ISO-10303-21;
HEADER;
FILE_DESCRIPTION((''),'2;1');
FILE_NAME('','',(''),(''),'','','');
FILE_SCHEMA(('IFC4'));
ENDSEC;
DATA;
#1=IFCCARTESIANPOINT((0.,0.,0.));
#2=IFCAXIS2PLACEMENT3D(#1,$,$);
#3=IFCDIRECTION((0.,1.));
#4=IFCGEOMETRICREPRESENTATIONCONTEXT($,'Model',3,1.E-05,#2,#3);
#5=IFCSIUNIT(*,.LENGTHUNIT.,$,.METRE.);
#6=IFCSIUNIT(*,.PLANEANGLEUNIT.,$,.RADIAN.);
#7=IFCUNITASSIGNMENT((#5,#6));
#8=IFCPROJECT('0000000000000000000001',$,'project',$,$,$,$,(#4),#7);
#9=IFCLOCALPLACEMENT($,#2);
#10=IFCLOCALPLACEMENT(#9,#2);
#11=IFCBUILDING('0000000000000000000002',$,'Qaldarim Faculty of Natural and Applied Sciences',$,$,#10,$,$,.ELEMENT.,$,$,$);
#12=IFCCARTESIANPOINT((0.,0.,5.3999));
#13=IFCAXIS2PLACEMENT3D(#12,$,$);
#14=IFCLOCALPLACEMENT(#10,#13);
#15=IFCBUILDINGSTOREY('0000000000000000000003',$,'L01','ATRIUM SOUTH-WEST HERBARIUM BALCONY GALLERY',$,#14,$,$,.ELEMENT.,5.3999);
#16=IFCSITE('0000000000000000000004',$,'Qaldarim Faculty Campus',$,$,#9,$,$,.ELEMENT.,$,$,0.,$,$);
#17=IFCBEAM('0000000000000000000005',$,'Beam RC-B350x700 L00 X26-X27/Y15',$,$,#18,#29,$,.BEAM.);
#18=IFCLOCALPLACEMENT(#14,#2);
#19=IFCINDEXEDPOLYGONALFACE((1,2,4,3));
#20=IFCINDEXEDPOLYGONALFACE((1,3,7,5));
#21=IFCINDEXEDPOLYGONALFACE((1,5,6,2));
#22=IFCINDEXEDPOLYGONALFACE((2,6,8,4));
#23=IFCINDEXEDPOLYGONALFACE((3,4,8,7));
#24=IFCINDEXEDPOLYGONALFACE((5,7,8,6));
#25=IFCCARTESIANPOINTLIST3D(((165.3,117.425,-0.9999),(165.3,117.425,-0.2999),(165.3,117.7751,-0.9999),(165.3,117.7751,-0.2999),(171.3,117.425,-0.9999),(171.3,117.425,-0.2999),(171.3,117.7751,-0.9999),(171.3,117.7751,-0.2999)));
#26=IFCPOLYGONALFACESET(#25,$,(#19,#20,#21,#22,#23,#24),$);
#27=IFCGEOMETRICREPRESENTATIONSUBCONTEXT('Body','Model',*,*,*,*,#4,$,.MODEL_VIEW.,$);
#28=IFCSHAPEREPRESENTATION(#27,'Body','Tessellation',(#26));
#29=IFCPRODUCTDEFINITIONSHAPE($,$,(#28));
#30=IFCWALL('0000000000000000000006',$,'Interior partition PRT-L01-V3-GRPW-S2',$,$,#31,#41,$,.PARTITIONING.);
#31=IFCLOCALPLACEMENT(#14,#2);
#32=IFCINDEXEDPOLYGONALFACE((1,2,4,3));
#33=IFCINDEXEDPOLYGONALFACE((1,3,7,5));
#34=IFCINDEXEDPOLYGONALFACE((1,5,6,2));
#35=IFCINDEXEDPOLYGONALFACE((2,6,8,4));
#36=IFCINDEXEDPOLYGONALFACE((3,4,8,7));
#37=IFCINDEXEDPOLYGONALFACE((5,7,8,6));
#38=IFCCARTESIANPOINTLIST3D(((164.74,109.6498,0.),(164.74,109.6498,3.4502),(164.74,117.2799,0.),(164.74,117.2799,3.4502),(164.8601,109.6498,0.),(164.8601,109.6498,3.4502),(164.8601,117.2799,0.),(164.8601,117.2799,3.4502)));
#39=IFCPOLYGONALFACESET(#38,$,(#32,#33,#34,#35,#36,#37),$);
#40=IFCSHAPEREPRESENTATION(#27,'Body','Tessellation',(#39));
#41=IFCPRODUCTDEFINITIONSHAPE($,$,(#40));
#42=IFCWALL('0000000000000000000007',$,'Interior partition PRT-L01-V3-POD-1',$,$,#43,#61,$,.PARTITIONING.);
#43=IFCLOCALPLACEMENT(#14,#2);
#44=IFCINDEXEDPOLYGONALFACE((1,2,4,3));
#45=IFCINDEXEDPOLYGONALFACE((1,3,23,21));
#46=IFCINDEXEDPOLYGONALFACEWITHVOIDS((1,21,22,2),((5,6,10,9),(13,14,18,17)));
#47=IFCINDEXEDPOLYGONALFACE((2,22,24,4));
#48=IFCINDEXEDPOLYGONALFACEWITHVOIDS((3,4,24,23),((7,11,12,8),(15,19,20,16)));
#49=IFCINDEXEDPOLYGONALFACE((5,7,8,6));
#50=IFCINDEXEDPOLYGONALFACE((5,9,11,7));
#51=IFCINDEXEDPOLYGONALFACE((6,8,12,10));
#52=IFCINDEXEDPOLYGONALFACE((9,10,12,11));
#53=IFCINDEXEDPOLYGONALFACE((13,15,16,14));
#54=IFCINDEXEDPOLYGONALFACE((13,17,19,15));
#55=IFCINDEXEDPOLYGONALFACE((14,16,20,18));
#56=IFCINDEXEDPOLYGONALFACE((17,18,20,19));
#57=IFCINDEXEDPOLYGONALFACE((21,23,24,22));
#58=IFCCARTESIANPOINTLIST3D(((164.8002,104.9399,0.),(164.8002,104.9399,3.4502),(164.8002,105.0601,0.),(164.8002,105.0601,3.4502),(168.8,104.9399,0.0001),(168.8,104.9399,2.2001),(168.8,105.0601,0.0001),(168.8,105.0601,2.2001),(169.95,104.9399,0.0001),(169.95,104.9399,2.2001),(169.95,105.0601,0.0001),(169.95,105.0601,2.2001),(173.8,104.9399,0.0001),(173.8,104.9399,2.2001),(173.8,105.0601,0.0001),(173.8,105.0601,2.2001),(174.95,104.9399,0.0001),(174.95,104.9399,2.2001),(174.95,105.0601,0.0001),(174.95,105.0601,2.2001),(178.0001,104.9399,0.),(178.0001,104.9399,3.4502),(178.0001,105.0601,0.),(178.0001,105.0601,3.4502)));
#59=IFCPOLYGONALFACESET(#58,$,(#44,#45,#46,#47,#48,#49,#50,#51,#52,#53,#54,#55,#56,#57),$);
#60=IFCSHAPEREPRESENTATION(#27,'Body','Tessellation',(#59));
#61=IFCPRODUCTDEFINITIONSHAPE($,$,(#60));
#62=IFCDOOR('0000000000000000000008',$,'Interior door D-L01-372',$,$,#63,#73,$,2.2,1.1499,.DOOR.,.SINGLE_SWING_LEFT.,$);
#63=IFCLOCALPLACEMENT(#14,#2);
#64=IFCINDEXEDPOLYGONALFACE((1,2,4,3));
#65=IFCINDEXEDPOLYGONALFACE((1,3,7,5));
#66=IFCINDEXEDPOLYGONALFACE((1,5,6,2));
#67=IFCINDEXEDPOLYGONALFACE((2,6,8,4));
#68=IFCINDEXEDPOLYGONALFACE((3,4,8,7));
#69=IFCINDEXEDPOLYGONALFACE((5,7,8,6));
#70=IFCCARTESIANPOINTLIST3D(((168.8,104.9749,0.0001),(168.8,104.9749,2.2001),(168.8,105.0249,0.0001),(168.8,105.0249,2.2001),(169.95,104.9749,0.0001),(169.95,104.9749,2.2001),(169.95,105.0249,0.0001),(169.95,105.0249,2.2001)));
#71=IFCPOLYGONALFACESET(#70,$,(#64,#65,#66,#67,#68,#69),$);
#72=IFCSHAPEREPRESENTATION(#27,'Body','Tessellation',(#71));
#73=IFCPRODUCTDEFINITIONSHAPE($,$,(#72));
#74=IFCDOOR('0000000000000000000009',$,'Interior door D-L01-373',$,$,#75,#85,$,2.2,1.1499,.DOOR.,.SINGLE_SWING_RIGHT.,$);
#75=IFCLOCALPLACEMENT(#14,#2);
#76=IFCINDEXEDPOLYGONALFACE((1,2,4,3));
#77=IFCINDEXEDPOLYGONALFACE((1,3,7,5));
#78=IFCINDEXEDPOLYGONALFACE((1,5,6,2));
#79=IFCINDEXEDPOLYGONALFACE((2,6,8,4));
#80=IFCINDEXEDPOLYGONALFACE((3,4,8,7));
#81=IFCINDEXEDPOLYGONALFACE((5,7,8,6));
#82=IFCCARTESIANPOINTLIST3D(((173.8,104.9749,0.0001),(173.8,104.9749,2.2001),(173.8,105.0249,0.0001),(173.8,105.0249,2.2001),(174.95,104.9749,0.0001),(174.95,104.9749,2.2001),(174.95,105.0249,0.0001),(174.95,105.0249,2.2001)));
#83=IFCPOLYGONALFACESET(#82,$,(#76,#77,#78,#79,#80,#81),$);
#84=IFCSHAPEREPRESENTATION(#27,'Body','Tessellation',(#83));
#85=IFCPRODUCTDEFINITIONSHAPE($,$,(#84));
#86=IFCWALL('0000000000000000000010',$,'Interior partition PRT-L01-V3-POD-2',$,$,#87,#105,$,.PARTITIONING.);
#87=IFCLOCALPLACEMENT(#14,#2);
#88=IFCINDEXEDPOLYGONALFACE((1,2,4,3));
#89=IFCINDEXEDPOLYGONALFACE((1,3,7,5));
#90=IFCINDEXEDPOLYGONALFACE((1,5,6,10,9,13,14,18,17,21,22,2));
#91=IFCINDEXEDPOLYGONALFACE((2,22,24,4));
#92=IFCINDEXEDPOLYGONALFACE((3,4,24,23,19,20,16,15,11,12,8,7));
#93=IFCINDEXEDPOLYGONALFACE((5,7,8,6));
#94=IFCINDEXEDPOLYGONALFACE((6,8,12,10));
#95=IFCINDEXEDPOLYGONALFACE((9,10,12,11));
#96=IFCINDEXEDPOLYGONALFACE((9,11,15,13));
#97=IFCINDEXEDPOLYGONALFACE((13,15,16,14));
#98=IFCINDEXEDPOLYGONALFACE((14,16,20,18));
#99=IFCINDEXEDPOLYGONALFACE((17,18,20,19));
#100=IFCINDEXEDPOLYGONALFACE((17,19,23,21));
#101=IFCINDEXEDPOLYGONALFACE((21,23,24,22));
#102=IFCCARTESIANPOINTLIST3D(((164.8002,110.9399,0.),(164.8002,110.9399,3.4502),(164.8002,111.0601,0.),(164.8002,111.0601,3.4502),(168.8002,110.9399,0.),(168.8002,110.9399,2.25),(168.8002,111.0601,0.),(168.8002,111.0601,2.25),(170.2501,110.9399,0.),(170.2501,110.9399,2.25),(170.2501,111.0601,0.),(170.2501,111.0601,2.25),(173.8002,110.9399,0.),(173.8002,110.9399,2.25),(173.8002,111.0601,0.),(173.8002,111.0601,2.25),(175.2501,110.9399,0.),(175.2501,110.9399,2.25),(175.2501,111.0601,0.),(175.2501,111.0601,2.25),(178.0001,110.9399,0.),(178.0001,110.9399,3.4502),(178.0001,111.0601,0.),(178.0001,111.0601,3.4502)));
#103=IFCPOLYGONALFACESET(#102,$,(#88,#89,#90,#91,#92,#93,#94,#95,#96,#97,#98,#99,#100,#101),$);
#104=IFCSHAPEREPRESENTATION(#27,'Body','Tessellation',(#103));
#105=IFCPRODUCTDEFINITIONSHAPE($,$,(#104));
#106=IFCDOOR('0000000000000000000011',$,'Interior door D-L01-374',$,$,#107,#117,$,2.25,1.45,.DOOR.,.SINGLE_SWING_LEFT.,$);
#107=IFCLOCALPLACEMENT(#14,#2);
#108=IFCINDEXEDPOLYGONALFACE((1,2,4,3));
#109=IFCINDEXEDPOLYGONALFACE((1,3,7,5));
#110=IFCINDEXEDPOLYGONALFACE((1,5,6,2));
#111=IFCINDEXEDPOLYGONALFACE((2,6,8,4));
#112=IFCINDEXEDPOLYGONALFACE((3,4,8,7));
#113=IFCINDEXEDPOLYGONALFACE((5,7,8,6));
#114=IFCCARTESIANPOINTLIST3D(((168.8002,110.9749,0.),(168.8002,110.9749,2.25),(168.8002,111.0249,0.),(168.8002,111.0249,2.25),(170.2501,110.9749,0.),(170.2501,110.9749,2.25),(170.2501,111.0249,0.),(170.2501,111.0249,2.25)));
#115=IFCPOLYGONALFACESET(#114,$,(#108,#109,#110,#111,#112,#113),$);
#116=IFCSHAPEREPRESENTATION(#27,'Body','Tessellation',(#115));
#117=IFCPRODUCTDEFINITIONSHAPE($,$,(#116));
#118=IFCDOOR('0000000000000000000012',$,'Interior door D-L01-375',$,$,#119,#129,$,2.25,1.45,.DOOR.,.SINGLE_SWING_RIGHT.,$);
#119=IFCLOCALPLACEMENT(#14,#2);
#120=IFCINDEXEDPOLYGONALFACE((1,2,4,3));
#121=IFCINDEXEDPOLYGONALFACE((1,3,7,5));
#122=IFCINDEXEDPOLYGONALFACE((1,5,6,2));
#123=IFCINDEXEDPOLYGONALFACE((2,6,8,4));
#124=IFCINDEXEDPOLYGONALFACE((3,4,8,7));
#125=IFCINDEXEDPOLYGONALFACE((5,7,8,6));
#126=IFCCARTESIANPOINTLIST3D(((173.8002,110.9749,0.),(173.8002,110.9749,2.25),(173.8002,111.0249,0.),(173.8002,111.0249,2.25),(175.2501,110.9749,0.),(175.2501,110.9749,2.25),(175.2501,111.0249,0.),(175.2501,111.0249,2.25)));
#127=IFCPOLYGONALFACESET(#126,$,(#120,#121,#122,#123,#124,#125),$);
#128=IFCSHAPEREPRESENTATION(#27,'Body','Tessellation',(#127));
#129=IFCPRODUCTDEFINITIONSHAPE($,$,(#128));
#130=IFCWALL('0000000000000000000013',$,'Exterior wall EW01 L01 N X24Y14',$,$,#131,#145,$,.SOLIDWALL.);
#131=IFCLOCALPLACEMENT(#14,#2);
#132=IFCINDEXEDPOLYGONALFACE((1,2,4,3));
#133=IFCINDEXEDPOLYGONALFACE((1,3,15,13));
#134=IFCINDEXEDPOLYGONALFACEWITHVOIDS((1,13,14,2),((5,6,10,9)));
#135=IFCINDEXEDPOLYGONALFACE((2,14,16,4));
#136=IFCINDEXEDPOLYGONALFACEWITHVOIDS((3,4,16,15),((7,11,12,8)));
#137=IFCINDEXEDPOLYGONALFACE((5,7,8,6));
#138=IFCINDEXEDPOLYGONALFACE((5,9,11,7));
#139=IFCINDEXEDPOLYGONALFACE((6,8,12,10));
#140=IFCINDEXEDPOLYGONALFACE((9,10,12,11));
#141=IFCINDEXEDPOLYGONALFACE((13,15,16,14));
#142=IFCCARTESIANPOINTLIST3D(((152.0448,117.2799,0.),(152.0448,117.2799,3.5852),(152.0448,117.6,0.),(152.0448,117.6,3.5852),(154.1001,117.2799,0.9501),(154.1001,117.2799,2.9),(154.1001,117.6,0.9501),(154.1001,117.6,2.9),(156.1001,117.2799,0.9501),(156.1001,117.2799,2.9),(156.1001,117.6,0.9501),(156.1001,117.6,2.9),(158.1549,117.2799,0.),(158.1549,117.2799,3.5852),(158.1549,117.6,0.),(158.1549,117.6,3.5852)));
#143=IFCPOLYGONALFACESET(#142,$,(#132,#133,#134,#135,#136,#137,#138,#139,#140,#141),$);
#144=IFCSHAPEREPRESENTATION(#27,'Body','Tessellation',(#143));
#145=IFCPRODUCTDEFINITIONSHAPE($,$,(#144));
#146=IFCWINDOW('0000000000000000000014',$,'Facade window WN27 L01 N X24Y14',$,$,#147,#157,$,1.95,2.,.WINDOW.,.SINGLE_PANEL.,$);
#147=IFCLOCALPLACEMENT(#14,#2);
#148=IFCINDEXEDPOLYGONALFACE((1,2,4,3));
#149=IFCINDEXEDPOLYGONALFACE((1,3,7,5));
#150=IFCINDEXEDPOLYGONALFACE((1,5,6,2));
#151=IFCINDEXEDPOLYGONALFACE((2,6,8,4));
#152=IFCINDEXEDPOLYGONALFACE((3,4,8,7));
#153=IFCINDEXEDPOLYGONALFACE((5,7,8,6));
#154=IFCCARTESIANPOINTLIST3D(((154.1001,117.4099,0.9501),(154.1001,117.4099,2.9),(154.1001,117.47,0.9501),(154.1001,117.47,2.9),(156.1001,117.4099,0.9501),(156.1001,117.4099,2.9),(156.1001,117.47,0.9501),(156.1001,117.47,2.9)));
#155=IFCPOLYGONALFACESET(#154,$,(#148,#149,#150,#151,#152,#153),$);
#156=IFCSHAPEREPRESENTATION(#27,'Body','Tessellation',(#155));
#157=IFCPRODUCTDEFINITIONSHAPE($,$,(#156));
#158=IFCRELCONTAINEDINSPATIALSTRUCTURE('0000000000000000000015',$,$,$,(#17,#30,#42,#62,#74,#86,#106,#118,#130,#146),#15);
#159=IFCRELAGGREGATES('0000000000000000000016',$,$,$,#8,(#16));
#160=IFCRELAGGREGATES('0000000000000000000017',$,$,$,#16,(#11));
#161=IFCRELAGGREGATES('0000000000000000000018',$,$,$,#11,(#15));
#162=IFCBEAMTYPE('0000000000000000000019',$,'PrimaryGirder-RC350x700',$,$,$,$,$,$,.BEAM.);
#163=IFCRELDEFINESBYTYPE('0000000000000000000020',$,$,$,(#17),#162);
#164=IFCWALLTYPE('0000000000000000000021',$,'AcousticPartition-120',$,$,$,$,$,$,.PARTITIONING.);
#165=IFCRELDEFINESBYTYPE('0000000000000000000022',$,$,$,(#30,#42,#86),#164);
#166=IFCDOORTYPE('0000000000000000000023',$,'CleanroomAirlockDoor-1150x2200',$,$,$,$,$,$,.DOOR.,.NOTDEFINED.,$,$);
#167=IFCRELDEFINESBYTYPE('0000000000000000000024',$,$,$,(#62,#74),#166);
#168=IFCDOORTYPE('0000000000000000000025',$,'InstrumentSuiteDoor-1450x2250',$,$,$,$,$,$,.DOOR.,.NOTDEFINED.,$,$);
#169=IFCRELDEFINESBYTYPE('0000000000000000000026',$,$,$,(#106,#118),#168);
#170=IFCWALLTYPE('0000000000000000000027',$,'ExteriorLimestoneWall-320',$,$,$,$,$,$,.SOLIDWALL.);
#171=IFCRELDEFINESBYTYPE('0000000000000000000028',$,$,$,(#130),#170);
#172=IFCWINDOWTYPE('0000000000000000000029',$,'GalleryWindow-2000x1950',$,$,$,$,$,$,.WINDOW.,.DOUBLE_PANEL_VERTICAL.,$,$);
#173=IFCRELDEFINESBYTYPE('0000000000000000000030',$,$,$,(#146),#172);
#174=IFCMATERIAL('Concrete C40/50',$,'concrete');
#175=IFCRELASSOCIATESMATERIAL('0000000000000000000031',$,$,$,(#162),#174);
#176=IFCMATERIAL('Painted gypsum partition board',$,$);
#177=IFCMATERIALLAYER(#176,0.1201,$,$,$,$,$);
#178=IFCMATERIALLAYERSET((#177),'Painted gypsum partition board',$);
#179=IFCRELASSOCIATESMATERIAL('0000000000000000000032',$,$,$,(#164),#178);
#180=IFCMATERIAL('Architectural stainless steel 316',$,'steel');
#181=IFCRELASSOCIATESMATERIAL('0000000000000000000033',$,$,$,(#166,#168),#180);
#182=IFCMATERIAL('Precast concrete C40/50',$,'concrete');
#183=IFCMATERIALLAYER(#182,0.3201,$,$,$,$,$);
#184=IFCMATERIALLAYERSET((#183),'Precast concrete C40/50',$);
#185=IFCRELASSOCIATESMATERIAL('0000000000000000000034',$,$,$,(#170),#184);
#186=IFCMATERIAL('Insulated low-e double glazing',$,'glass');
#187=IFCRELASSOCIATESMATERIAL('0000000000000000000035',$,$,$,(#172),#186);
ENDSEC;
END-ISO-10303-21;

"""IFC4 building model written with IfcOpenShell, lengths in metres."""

from ifc_helpers import new_model, si_unit, direction, frame, frame_2d, origin, origin_2d, place, context, subcontext, project, spatial, rectangle, extrude, material, layer, layer_set, material_profile, profile_set, type_object, element, fill, save


model = new_model("IFC4")

# Units and contexts
model_context = context("Model", 3, precision=1e-05, world=origin(), true_north=direction((0.0, 1.0)))
body_context = subcontext(model_context, "Body", "Model", "MODEL_VIEW")
ifc_project = project(units=[si_unit("LENGTHUNIT", "METRE"), si_unit("PLANEANGLEUNIT", "RADIAN")], contexts=[model_context])

# Site, building, storey
site_placement = place(None, origin())
site = spatial("IfcSite", under=ifc_project, at=site_placement, Name="Qaldarim Faculty Campus", CompositionType="ELEMENT", RefElevation=0.0)
building_placement = place(site_placement, origin())
building = spatial("IfcBuilding", under=site, at=building_placement, Name="Qaldarim Faculty of Natural and Applied Sciences", CompositionType="ELEMENT")
storey_placement = place(building_placement, frame((0.0, 0.0, 5.3999)))
storey = spatial("IfcBuildingStorey", under=building, at=storey_placement, Name="L01", Description="ATRIUM SOUTH-WEST HERBARIUM BALCONY GALLERY", CompositionType="ELEMENT", Elevation=5.3999)

# Shared definitions
ifc_material_1 = material(Name="Concrete C40/50", Category="concrete")

# Beam
ifc_material_profile_1 = material_profile(ifc_material_1, rectangle(XDim=0.3501, YDim=0.7, at=origin_2d()), Name="RC-B350x700")
ifc_profile_set_1 = profile_set([ifc_material_profile_1], Name="Concrete C40/50")
beam_type_1 = type_object("IfcBeamType", Name="PrimaryGirder-RC350x700", PredefinedType="BEAM", material=ifc_profile_set_1)
for number, where, z_axis, x_axis, name in (
    (1, (165.3, 117.6001, -0.6499), (1.0, 0.0, 0.0), (0.0, 1.0, 0.0), "Beam RC-B350x700 L00 X26-X27/Y15"),
):
    element("IfcBeam", number, at=place(storey_placement, frame(where, z_axis=z_axis, x_axis=x_axis)), inside=storey, type_object=beam_type_1, Name=name, PredefinedType="BEAM", context=body_context, shape_type="SweptSolid", body=[
        extrude(rectangle(XDim=0.3501, YDim=0.7, at=origin_2d()), origin(), (0.0, 0.0, 1.0), 6.0),
    ])

# Wall
ifc_material_2 = material(Name="Painted gypsum partition board")
ifc_layer_1 = layer(ifc_material_2, 0.1201)
ifc_layer_set_1 = layer_set([ifc_layer_1], Name="Painted gypsum partition board")
wall_type_1 = type_object("IfcWallType", Name="AcousticPartition-120", PredefinedType="PARTITIONING", material=ifc_layer_set_1)
wall_1_placement = place(storey_placement, frame((164.8, 109.6499, 0.0), z_axis=(0.0, 0.0, 1.0), x_axis=(0.0, 1.0, 0.0)))
element("IfcWall", 2, at=wall_1_placement, inside=storey, type_object=wall_type_1, Name="Interior partition PRT-L01-V3-GRPW-S2", PredefinedType="PARTITIONING", context=body_context, shape_type="SweptSolid", body=[
    extrude(rectangle(XDim=7.6301, YDim=0.1201, at=frame_2d((3.8149, 0.0))), origin(), (0.0, 0.0, 1.0), 3.4502),
])

# Walls, openings, doors
wall_2_placement = place(storey_placement, frame((164.8, 105.0, 0.0), z_axis=(0.0, 0.0, 1.0), x_axis=(1.0, 0.0, 0.0)))
wall_2 = element("IfcWall", 3, at=wall_2_placement, inside=storey, type_object=wall_type_1, Name="Interior partition PRT-L01-V3-POD-1", PredefinedType="PARTITIONING", context=body_context, shape_type="SweptSolid", body=[
    extrude(rectangle(XDim=13.2, YDim=0.1201, at=frame_2d((6.6001, 0.0))), origin(), (0.0, 0.0, 1.0), 3.4502),
])
opening_1_placement = place(wall_2_placement, frame((4.0, 0.0, 0.0)))
opening_1 = element("IfcOpeningElement", 4, at=opening_1_placement, cuts=wall_2, PredefinedType="OPENING", context=body_context, shape_type="SweptSolid", body=[
    extrude(rectangle(XDim=1.1499, YDim=2.2, at=frame_2d((0.575, 1.1001))), frame((0.0, 0.0701, 0.0), z_axis=(0.0, -1.0, 0.0), x_axis=(1.0, 0.0, 0.0)), (0.0, 0.0, 1.0), 0.1401),
])
opening_2_placement = place(wall_2_placement, frame((9.0, 0.0, 0.0)))
opening_2 = element("IfcOpeningElement", 5, at=opening_2_placement, cuts=wall_2, PredefinedType="OPENING", context=body_context, shape_type="SweptSolid", body=[
    extrude(rectangle(XDim=1.1499, YDim=2.2, at=frame_2d((0.575, 1.1001))), frame((0.0, 0.0701, 0.0), z_axis=(0.0, -1.0, 0.0), x_axis=(1.0, 0.0, 0.0)), (0.0, 0.0, 1.0), 0.1401),
])
ifc_material_3 = material(Name="Architectural stainless steel 316", Category="steel")
door_type_1 = type_object("IfcDoorType", Name="CleanroomAirlockDoor-1150x2200", OperationType="NOTDEFINED", PredefinedType="DOOR", material=ifc_material_3)
door_1_placement = place(opening_1_placement, origin())
door_1 = element("IfcDoor", 6, at=door_1_placement, inside=storey, type_object=door_type_1, Name="Interior door D-L01-372", OperationType="SINGLE_SWING_LEFT", OverallHeight=2.2, OverallWidth=1.1499, PredefinedType="DOOR", context=body_context, shape_type="SweptSolid", body=[
    extrude(rectangle(XDim=1.1499, YDim=2.2, at=frame_2d((0.575, 1.1001))), frame((0.0, 0.0249, 0.0), z_axis=(0.0, -1.0, 0.0), x_axis=(1.0, 0.0, 0.0)), (0.0, 0.0, 1.0), 0.05),
])
fill(opening_1, door_1)
door_2_placement = place(opening_2_placement, origin())
door_2 = element("IfcDoor", 7, at=door_2_placement, inside=storey, type_object=door_type_1, Name="Interior door D-L01-373", OperationType="SINGLE_SWING_RIGHT", OverallHeight=2.2, OverallWidth=1.1499, PredefinedType="DOOR", context=body_context, shape_type="SweptSolid", body=[
    extrude(rectangle(XDim=1.1499, YDim=2.2, at=frame_2d((0.575, 1.1001))), frame((0.0, 0.0249, 0.0), z_axis=(0.0, -1.0, 0.0), x_axis=(1.0, 0.0, 0.0)), (0.0, 0.0, 1.0), 0.05),
])
fill(opening_2, door_2)
wall_3_placement = place(storey_placement, frame((164.8, 111.0, 0.0), z_axis=(0.0, 0.0, 1.0), x_axis=(1.0, 0.0, 0.0)))
wall_3 = element("IfcWall", 8, at=wall_3_placement, inside=storey, type_object=wall_type_1, Name="Interior partition PRT-L01-V3-POD-2", PredefinedType="PARTITIONING", context=body_context, shape_type="SweptSolid", body=[
    extrude(rectangle(XDim=13.2, YDim=0.1201, at=frame_2d((6.6001, 0.0))), origin(), (0.0, 0.0, 1.0), 3.4502),
])
opening_3_placement = place(wall_3_placement, frame((4.0, 0.0, 0.0)))
opening_3 = element("IfcOpeningElement", 9, at=opening_3_placement, cuts=wall_3, PredefinedType="OPENING", context=body_context, shape_type="SweptSolid", body=[
    extrude(rectangle(XDim=1.45, YDim=2.25, at=frame_2d((0.7251, 1.125))), frame((0.0, 0.0701, 0.0), z_axis=(0.0, -1.0, 0.0), x_axis=(1.0, 0.0, 0.0)), (0.0, 0.0, 1.0), 0.1401),
])
opening_4_placement = place(wall_3_placement, frame((9.0, 0.0, 0.0)))
opening_4 = element("IfcOpeningElement", 10, at=opening_4_placement, cuts=wall_3, PredefinedType="OPENING", context=body_context, shape_type="SweptSolid", body=[
    extrude(rectangle(XDim=1.45, YDim=2.25, at=frame_2d((0.7251, 1.125))), frame((0.0, 0.0701, 0.0), z_axis=(0.0, -1.0, 0.0), x_axis=(1.0, 0.0, 0.0)), (0.0, 0.0, 1.0), 0.1401),
])
door_type_2 = type_object("IfcDoorType", Name="InstrumentSuiteDoor-1450x2250", OperationType="NOTDEFINED", PredefinedType="DOOR", material=ifc_material_3)
door_3_placement = place(opening_3_placement, origin())
door_3 = element("IfcDoor", 11, at=door_3_placement, inside=storey, type_object=door_type_2, Name="Interior door D-L01-374", OperationType="SINGLE_SWING_LEFT", OverallHeight=2.25, OverallWidth=1.45, PredefinedType="DOOR", context=body_context, shape_type="SweptSolid", body=[
    extrude(rectangle(XDim=1.45, YDim=2.25, at=frame_2d((0.7251, 1.125))), frame((0.0, 0.0249, 0.0), z_axis=(0.0, -1.0, 0.0), x_axis=(1.0, 0.0, 0.0)), (0.0, 0.0, 1.0), 0.05),
])
fill(opening_3, door_3)
door_4_placement = place(opening_4_placement, origin())
door_4 = element("IfcDoor", 12, at=door_4_placement, inside=storey, type_object=door_type_2, Name="Interior door D-L01-375", OperationType="SINGLE_SWING_RIGHT", OverallHeight=2.25, OverallWidth=1.45, PredefinedType="DOOR", context=body_context, shape_type="SweptSolid", body=[
    extrude(rectangle(XDim=1.45, YDim=2.25, at=frame_2d((0.7251, 1.125))), frame((0.0, 0.0249, 0.0), z_axis=(0.0, -1.0, 0.0), x_axis=(1.0, 0.0, 0.0)), (0.0, 0.0, 1.0), 0.05),
])
fill(opening_4, door_4)

# Wall, opening, window
ifc_material_4 = material(Name="Precast concrete C40/50", Category="concrete")
ifc_layer_2 = layer(ifc_material_4, 0.3201)
ifc_layer_set_2 = layer_set([ifc_layer_2], Name="Precast concrete C40/50")
wall_type_2 = type_object("IfcWallType", Name="ExteriorLimestoneWall-320", PredefinedType="SOLIDWALL", material=ifc_layer_set_2)
wall_4_placement = place(storey_placement, frame((158.155, 117.4399, 0.0), z_axis=(0.0, 0.0, 1.0), x_axis=(-1.0, 0.0, 0.0)))
wall_4 = element("IfcWall", 13, at=wall_4_placement, inside=storey, type_object=wall_type_2, Name="Exterior wall EW01 L01 N X24Y14", PredefinedType="SOLIDWALL", context=body_context, shape_type="SweptSolid", body=[
    extrude(rectangle(XDim=6.1101, YDim=0.3201, at=frame_2d((3.0552, 0.0))), origin(), (0.0, 0.0, 1.0), 3.5852),
])
opening_5_placement = place(wall_4_placement, frame((2.0549, 0.0, 0.95)))
opening_5 = element("IfcOpeningElement", 14, at=opening_5_placement, cuts=wall_4, PredefinedType="OPENING", context=body_context, shape_type="SweptSolid", body=[
    extrude(rectangle(XDim=2.0, YDim=1.95, at=frame_2d((1.0, 0.9751))), frame((0.0, 0.1699, 0.0), z_axis=(0.0, -1.0, 0.0), x_axis=(1.0, 0.0, 0.0)), (0.0, 0.0, 1.0), 0.3401),
])
ifc_material_5 = material(Name="Insulated low-e double glazing", Category="glass")
window_type_1 = type_object("IfcWindowType", Name="GalleryWindow-2000x1950", PartitioningType="DOUBLE_PANEL_VERTICAL", PredefinedType="WINDOW", material=ifc_material_5)
window_1_placement = place(opening_5_placement, origin())
window_1 = element("IfcWindow", 15, at=window_1_placement, inside=storey, type_object=window_type_1, Name="Facade window WN27 L01 N X24Y14", OverallHeight=1.95, OverallWidth=2.0, PartitioningType="SINGLE_PANEL", PredefinedType="WINDOW", context=body_context, shape_type="SweptSolid", body=[
    extrude(rectangle(XDim=2.0, YDim=1.95, at=frame_2d((1.0, 0.9751))), frame((0.0, 0.03, 0.0), z_axis=(0.0, -1.0, 0.0), x_axis=(1.0, 0.0, 0.0)), (0.0, 0.0, 1.0), 0.0601),
])
fill(opening_5, window_1)

save(model, "model.ifc")
